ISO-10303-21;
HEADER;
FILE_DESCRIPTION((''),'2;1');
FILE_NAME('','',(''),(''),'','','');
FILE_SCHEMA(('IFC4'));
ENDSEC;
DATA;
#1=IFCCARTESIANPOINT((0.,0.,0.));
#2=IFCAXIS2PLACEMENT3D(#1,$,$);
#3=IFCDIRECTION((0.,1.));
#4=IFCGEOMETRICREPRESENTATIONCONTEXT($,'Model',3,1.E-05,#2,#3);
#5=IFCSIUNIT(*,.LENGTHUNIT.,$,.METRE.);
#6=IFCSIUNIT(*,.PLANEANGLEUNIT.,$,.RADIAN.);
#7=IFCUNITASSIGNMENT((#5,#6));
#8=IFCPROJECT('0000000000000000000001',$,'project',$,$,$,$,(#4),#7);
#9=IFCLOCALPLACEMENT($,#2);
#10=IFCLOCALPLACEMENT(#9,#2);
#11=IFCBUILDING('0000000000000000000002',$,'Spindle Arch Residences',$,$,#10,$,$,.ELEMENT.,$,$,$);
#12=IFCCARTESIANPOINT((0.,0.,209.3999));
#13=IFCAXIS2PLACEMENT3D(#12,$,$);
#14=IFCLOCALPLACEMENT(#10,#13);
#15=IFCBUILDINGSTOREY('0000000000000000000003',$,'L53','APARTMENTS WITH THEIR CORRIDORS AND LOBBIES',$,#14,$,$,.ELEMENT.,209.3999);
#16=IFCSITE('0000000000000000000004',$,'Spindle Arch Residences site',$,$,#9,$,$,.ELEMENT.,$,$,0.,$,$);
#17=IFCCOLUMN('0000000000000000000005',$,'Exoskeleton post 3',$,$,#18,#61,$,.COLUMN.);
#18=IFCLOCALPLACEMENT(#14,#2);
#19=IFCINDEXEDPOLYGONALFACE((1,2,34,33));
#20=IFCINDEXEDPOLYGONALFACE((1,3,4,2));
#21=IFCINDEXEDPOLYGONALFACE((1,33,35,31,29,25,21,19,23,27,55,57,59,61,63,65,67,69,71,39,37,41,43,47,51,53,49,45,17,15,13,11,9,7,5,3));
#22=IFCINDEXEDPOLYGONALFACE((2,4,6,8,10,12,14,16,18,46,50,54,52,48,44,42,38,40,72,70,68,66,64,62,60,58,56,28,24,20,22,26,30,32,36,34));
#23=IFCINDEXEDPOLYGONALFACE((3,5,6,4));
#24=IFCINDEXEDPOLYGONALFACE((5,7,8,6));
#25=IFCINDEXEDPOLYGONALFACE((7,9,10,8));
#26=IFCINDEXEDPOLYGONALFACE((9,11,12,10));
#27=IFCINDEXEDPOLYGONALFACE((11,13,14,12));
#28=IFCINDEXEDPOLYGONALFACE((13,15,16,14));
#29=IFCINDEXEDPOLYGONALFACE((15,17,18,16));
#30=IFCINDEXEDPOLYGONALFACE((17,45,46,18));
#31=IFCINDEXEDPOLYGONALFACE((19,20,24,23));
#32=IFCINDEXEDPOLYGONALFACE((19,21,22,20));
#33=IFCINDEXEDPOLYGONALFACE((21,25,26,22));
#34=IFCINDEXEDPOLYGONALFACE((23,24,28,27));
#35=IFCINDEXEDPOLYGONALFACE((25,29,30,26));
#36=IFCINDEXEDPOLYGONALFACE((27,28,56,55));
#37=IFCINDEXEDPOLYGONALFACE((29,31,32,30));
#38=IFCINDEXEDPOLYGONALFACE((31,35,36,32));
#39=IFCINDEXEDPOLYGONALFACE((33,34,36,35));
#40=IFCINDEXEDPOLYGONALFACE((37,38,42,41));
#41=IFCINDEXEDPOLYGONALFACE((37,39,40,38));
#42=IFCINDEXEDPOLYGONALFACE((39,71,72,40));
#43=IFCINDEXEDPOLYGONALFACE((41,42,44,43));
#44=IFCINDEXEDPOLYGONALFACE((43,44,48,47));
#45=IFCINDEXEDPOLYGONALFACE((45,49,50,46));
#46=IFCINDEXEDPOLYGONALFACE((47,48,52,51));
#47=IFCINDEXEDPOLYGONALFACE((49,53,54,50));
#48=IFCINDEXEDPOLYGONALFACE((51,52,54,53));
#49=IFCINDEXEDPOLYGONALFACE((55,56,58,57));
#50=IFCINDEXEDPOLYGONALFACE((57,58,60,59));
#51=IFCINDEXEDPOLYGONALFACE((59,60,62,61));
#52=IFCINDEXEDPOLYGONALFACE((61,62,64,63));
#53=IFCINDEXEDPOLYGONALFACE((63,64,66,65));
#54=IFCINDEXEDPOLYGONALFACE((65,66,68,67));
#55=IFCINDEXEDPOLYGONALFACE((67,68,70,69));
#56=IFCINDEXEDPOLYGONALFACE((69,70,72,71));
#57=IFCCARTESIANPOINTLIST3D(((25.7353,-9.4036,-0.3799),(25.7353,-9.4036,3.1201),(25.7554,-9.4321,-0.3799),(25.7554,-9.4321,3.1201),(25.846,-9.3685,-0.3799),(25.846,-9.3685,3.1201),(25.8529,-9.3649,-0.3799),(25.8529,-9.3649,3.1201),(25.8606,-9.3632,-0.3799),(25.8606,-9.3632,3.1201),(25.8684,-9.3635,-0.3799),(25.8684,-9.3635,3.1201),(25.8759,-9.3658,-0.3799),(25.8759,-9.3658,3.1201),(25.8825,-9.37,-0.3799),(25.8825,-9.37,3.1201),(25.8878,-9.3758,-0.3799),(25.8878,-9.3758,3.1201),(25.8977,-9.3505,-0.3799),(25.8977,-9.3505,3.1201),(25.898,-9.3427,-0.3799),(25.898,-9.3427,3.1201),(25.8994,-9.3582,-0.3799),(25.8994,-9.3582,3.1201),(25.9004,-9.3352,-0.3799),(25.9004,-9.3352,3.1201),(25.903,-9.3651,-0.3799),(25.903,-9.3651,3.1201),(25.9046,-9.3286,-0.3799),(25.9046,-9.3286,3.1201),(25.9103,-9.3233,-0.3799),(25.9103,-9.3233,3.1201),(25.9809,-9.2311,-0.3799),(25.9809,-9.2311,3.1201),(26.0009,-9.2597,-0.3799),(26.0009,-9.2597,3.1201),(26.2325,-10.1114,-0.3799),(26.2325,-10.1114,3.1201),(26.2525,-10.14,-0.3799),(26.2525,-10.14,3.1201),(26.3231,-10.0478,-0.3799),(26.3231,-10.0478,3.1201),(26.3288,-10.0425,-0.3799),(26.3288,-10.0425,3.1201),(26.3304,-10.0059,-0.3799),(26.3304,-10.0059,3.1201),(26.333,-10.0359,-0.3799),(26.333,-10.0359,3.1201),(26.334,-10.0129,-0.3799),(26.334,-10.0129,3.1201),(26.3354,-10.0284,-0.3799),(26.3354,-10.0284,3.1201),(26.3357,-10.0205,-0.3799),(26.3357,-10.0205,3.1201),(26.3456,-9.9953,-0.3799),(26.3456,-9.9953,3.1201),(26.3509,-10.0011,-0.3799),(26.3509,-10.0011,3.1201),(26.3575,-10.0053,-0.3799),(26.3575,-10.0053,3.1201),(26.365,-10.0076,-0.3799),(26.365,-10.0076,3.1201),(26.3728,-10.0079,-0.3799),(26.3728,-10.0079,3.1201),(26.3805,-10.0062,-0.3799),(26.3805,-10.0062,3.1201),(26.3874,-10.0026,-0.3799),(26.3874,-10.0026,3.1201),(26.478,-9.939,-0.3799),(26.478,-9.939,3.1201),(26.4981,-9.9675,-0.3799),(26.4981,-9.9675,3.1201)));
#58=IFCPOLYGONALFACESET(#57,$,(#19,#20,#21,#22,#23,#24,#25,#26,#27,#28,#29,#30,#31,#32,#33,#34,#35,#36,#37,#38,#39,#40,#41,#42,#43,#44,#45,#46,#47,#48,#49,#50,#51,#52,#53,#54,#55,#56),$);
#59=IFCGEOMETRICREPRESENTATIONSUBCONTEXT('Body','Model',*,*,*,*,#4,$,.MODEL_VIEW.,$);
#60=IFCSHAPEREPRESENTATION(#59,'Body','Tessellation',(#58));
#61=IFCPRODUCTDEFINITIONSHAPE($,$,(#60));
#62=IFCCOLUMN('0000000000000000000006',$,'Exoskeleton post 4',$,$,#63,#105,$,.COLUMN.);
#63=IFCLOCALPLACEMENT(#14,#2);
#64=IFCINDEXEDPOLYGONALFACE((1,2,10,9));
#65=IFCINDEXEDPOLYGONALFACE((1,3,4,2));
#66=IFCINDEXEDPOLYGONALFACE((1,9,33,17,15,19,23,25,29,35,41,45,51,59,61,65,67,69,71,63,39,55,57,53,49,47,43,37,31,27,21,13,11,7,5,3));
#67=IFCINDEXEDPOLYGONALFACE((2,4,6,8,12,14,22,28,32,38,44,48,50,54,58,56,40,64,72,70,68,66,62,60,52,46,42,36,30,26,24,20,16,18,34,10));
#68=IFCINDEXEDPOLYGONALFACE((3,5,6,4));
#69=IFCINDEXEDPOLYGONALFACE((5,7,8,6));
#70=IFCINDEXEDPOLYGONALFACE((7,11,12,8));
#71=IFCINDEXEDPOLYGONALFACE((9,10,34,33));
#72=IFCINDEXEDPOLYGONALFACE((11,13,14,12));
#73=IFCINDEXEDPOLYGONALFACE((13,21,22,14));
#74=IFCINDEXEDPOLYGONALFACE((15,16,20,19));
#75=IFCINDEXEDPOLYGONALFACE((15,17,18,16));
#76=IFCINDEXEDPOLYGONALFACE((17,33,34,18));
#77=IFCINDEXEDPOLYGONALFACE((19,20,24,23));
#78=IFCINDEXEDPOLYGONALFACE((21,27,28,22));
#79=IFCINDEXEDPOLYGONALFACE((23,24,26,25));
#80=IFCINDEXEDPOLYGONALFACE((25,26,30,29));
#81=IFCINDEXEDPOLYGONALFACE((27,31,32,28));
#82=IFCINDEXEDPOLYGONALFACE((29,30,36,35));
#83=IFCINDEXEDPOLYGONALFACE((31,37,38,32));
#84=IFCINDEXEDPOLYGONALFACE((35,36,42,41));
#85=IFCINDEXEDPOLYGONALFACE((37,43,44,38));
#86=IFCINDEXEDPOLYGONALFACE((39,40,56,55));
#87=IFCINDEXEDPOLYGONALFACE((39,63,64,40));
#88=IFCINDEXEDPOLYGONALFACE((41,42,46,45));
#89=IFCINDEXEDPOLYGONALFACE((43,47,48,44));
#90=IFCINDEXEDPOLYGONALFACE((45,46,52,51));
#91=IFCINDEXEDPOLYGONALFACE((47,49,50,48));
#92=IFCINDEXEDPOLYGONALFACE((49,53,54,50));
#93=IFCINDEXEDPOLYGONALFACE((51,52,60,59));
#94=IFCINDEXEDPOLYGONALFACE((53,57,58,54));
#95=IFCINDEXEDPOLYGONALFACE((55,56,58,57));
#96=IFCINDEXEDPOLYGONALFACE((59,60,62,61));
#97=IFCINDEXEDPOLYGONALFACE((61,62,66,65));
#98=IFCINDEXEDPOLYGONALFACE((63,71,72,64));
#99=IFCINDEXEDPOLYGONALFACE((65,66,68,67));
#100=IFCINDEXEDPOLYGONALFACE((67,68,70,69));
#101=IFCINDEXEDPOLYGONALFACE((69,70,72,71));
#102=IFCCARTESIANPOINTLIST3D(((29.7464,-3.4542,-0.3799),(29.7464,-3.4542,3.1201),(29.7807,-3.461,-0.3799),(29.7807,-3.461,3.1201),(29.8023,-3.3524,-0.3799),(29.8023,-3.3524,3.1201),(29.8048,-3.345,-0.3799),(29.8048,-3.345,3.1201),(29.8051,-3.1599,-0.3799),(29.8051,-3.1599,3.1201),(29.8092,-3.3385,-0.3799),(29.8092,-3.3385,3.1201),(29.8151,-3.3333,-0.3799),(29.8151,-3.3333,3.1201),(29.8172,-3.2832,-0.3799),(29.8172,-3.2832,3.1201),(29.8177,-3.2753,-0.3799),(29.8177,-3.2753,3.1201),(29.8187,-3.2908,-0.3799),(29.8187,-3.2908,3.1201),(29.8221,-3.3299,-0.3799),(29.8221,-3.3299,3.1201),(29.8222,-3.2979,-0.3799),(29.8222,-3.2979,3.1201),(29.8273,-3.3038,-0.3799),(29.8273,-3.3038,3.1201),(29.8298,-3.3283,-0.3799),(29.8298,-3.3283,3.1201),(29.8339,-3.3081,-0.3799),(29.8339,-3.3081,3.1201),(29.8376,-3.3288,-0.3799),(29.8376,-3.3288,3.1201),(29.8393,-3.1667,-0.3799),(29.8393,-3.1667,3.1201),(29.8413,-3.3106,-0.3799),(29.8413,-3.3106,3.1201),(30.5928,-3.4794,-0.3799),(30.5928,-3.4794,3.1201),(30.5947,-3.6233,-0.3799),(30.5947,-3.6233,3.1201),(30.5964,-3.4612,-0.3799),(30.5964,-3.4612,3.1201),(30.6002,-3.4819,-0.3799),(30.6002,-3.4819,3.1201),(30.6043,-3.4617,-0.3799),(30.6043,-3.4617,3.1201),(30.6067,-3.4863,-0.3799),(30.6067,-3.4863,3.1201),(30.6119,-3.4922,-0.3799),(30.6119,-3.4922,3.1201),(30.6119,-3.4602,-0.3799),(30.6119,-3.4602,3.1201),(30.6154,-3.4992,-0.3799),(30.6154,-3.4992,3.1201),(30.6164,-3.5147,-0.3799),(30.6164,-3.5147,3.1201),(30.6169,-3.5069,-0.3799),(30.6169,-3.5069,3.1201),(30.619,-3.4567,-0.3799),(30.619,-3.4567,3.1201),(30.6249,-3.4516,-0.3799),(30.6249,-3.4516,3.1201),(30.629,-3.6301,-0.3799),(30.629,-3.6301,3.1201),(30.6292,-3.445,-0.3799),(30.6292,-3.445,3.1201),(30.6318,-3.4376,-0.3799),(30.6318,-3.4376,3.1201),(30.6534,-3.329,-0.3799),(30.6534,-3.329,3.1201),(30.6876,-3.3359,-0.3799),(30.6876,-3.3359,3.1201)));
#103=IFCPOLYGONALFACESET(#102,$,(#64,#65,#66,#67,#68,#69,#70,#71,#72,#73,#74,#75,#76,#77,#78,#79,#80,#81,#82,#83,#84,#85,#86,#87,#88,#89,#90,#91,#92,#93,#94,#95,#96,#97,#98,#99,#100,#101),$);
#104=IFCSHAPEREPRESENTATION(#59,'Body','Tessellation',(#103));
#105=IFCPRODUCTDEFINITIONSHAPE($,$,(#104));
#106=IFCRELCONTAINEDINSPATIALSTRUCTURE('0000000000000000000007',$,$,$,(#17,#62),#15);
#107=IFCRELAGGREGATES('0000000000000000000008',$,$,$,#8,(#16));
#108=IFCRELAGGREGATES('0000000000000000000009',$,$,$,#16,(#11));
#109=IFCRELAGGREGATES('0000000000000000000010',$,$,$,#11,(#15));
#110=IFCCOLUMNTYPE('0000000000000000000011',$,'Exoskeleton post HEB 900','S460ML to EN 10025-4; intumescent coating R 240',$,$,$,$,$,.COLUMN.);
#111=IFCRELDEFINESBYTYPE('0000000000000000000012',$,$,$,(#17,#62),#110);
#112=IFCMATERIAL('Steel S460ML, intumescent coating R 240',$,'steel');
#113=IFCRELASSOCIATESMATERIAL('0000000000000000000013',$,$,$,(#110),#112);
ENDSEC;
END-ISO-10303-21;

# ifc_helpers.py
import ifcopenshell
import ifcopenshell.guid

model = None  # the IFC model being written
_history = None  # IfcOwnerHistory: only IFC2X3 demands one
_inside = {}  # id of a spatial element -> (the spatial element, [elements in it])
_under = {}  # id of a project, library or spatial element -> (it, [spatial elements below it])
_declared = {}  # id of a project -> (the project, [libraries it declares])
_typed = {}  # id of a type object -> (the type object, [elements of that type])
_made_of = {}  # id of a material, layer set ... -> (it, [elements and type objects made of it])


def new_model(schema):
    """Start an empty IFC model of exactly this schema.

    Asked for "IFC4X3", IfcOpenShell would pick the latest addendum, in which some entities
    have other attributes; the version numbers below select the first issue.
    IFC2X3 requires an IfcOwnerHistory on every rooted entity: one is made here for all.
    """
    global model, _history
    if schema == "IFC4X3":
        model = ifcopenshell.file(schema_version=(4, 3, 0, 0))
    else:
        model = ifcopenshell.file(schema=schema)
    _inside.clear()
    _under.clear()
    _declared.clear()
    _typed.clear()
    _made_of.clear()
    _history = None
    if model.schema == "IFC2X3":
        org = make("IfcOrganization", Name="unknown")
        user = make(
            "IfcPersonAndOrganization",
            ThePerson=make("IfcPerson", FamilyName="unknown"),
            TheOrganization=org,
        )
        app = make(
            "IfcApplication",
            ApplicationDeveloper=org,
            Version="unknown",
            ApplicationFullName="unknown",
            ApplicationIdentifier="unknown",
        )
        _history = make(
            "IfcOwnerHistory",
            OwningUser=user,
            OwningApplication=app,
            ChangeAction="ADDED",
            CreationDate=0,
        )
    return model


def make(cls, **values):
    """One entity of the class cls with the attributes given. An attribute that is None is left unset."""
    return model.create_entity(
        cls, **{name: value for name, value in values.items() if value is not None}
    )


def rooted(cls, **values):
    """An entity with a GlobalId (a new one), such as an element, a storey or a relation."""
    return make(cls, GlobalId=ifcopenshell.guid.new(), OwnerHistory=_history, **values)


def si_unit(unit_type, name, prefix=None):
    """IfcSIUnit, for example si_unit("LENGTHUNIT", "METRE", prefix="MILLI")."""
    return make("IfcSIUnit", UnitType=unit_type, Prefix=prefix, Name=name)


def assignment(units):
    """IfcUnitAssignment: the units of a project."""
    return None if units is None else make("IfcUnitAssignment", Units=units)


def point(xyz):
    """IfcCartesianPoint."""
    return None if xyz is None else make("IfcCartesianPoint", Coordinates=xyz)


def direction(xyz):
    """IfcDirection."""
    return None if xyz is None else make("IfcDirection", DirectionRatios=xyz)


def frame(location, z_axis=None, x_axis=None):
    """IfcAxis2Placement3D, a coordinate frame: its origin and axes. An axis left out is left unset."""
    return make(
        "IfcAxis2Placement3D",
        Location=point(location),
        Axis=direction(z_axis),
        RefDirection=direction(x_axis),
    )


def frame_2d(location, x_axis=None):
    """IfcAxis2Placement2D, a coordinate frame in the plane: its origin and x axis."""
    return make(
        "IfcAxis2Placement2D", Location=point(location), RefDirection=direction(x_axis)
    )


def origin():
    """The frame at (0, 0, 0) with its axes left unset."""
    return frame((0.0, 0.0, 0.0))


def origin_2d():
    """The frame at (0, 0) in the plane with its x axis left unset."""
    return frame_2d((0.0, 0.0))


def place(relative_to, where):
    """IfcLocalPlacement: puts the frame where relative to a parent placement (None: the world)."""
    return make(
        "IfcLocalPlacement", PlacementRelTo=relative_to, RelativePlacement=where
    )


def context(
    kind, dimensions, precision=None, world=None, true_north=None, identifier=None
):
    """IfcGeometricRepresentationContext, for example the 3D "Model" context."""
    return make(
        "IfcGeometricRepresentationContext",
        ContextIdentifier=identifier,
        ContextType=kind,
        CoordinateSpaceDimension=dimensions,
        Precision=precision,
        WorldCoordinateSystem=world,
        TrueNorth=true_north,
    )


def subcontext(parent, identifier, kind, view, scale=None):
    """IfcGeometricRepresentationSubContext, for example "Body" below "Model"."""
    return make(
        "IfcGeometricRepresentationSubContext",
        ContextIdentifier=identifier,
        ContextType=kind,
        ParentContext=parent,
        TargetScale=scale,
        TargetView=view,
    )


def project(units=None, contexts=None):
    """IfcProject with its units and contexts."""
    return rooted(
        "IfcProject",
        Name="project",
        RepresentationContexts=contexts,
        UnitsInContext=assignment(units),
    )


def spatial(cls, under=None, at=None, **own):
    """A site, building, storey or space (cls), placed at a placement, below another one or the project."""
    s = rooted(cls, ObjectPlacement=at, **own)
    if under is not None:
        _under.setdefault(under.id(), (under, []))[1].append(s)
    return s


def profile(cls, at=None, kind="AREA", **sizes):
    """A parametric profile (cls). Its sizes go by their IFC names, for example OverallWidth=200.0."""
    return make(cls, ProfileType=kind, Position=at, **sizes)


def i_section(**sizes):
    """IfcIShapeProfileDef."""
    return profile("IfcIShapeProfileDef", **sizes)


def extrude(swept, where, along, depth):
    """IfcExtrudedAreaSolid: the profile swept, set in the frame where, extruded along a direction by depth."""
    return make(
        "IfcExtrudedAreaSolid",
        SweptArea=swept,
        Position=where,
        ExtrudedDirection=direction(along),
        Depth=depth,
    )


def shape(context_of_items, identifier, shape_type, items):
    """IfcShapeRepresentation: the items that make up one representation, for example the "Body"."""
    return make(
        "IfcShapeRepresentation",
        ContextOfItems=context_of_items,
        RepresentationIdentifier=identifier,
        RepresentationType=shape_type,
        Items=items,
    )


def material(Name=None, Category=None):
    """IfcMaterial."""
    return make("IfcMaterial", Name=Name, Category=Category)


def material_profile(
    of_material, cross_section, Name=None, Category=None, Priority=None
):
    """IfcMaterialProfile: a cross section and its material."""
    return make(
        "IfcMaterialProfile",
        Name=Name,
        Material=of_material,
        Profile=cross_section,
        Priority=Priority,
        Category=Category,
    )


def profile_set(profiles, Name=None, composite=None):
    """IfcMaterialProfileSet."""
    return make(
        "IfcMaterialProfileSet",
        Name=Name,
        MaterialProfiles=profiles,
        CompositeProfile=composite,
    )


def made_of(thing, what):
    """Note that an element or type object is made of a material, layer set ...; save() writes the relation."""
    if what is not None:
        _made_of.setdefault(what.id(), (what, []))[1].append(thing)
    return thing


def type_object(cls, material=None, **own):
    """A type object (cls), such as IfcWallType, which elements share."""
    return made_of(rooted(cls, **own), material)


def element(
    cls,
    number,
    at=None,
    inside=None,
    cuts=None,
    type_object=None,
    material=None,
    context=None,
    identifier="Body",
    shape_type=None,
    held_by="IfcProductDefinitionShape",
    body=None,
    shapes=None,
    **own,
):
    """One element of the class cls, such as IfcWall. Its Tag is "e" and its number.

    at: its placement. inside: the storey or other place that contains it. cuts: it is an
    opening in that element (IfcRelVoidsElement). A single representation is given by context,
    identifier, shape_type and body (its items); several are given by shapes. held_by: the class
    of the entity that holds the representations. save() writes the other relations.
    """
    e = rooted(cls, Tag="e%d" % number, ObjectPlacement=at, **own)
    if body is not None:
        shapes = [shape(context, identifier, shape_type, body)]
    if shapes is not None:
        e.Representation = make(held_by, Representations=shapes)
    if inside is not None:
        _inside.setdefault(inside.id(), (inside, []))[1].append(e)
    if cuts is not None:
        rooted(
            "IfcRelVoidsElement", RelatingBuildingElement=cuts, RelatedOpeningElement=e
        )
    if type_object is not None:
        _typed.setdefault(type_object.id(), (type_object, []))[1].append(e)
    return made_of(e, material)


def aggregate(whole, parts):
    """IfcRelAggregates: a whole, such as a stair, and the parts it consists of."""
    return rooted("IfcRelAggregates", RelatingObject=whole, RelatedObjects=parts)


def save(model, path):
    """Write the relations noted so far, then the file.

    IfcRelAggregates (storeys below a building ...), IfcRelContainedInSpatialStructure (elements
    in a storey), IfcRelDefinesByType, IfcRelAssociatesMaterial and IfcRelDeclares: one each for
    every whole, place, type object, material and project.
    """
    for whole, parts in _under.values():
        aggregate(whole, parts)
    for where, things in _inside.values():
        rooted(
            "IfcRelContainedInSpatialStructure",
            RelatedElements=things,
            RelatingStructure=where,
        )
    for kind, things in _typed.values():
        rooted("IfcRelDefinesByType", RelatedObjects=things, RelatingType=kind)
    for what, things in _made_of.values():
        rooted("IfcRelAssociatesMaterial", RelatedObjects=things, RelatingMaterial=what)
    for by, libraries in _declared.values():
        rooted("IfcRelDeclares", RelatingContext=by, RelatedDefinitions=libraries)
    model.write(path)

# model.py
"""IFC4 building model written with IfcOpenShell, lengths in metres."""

from ifc_helpers import new_model, si_unit, direction, frame, origin, origin_2d, place, context, subcontext, project, spatial, i_section, extrude, material, material_profile, profile_set, type_object, element, save


model = new_model("IFC4")

# Units and contexts
model_context = context("Model", 3, precision=1e-05, world=origin(), true_north=direction((0.0, 1.0)))
body_context = subcontext(model_context, "Body", "Model", "MODEL_VIEW")
ifc_project = project(units=[si_unit("LENGTHUNIT", "METRE"), si_unit("PLANEANGLEUNIT", "RADIAN")], contexts=[model_context])

# Site, building, storey
site_placement = place(None, origin())
site = spatial("IfcSite", under=ifc_project, at=site_placement, Name="Spindle Arch Residences site", CompositionType="ELEMENT", RefElevation=0.0)
building_placement = place(site_placement, origin())
building = spatial("IfcBuilding", under=site, at=building_placement, Name="Spindle Arch Residences", CompositionType="ELEMENT")
storey_placement = place(building_placement, frame((0.0, 0.0, 209.3999)))
storey = spatial("IfcBuildingStorey", under=building, at=storey_placement, Name="L53", Description="APARTMENTS WITH THEIR CORRIDORS AND LOBBIES", CompositionType="ELEMENT", Elevation=209.3999)

# Columns
ifc_material_1 = material(Name="Steel S460ML, intumescent coating R 240", Category="steel")
ifc_material_profile_1 = material_profile(ifc_material_1, i_section(OverallWidth=0.3, OverallDepth=0.8999, WebThickness=0.0186, FlangeThickness=0.0349, FilletRadius=0.03, at=origin_2d()), Name="HEB 900")
ifc_profile_set_1 = profile_set([ifc_material_profile_1], Name="Steel S460ML, intumescent coating R 240")
column_type_1 = type_object("IfcColumnType", Name="Exoskeleton post HEB 900", Description="S460ML to EN 10025-4; intumescent coating R 240", PredefinedType="COLUMN", material=ifc_profile_set_1)
for number, where, z_axis, x_axis, name in (
    (1, (26.1167, -9.6855, -0.3799), (0.0, 0.0, 1.0), (-0.818345, -0.574727, 0.0), "Exoskeleton post 3"),
    (2, (30.217, -3.395, -0.3799), (0.0, 0.0, 1.0), (-0.195505, -0.980703, 0.0), "Exoskeleton post 4"),
):
    element("IfcColumn", number, at=place(storey_placement, frame(where, z_axis=z_axis, x_axis=x_axis)), inside=storey, type_object=column_type_1, Name=name, PredefinedType="COLUMN", context=body_context, shape_type="SweptSolid", body=[
        extrude(i_section(OverallWidth=0.3, OverallDepth=0.8999, WebThickness=0.0186, FlangeThickness=0.0349, FilletRadius=0.03, at=origin_2d()), origin(), (0.0, 0.0, 1.0), 3.5),
    ])

save(model, "model.ifc")
